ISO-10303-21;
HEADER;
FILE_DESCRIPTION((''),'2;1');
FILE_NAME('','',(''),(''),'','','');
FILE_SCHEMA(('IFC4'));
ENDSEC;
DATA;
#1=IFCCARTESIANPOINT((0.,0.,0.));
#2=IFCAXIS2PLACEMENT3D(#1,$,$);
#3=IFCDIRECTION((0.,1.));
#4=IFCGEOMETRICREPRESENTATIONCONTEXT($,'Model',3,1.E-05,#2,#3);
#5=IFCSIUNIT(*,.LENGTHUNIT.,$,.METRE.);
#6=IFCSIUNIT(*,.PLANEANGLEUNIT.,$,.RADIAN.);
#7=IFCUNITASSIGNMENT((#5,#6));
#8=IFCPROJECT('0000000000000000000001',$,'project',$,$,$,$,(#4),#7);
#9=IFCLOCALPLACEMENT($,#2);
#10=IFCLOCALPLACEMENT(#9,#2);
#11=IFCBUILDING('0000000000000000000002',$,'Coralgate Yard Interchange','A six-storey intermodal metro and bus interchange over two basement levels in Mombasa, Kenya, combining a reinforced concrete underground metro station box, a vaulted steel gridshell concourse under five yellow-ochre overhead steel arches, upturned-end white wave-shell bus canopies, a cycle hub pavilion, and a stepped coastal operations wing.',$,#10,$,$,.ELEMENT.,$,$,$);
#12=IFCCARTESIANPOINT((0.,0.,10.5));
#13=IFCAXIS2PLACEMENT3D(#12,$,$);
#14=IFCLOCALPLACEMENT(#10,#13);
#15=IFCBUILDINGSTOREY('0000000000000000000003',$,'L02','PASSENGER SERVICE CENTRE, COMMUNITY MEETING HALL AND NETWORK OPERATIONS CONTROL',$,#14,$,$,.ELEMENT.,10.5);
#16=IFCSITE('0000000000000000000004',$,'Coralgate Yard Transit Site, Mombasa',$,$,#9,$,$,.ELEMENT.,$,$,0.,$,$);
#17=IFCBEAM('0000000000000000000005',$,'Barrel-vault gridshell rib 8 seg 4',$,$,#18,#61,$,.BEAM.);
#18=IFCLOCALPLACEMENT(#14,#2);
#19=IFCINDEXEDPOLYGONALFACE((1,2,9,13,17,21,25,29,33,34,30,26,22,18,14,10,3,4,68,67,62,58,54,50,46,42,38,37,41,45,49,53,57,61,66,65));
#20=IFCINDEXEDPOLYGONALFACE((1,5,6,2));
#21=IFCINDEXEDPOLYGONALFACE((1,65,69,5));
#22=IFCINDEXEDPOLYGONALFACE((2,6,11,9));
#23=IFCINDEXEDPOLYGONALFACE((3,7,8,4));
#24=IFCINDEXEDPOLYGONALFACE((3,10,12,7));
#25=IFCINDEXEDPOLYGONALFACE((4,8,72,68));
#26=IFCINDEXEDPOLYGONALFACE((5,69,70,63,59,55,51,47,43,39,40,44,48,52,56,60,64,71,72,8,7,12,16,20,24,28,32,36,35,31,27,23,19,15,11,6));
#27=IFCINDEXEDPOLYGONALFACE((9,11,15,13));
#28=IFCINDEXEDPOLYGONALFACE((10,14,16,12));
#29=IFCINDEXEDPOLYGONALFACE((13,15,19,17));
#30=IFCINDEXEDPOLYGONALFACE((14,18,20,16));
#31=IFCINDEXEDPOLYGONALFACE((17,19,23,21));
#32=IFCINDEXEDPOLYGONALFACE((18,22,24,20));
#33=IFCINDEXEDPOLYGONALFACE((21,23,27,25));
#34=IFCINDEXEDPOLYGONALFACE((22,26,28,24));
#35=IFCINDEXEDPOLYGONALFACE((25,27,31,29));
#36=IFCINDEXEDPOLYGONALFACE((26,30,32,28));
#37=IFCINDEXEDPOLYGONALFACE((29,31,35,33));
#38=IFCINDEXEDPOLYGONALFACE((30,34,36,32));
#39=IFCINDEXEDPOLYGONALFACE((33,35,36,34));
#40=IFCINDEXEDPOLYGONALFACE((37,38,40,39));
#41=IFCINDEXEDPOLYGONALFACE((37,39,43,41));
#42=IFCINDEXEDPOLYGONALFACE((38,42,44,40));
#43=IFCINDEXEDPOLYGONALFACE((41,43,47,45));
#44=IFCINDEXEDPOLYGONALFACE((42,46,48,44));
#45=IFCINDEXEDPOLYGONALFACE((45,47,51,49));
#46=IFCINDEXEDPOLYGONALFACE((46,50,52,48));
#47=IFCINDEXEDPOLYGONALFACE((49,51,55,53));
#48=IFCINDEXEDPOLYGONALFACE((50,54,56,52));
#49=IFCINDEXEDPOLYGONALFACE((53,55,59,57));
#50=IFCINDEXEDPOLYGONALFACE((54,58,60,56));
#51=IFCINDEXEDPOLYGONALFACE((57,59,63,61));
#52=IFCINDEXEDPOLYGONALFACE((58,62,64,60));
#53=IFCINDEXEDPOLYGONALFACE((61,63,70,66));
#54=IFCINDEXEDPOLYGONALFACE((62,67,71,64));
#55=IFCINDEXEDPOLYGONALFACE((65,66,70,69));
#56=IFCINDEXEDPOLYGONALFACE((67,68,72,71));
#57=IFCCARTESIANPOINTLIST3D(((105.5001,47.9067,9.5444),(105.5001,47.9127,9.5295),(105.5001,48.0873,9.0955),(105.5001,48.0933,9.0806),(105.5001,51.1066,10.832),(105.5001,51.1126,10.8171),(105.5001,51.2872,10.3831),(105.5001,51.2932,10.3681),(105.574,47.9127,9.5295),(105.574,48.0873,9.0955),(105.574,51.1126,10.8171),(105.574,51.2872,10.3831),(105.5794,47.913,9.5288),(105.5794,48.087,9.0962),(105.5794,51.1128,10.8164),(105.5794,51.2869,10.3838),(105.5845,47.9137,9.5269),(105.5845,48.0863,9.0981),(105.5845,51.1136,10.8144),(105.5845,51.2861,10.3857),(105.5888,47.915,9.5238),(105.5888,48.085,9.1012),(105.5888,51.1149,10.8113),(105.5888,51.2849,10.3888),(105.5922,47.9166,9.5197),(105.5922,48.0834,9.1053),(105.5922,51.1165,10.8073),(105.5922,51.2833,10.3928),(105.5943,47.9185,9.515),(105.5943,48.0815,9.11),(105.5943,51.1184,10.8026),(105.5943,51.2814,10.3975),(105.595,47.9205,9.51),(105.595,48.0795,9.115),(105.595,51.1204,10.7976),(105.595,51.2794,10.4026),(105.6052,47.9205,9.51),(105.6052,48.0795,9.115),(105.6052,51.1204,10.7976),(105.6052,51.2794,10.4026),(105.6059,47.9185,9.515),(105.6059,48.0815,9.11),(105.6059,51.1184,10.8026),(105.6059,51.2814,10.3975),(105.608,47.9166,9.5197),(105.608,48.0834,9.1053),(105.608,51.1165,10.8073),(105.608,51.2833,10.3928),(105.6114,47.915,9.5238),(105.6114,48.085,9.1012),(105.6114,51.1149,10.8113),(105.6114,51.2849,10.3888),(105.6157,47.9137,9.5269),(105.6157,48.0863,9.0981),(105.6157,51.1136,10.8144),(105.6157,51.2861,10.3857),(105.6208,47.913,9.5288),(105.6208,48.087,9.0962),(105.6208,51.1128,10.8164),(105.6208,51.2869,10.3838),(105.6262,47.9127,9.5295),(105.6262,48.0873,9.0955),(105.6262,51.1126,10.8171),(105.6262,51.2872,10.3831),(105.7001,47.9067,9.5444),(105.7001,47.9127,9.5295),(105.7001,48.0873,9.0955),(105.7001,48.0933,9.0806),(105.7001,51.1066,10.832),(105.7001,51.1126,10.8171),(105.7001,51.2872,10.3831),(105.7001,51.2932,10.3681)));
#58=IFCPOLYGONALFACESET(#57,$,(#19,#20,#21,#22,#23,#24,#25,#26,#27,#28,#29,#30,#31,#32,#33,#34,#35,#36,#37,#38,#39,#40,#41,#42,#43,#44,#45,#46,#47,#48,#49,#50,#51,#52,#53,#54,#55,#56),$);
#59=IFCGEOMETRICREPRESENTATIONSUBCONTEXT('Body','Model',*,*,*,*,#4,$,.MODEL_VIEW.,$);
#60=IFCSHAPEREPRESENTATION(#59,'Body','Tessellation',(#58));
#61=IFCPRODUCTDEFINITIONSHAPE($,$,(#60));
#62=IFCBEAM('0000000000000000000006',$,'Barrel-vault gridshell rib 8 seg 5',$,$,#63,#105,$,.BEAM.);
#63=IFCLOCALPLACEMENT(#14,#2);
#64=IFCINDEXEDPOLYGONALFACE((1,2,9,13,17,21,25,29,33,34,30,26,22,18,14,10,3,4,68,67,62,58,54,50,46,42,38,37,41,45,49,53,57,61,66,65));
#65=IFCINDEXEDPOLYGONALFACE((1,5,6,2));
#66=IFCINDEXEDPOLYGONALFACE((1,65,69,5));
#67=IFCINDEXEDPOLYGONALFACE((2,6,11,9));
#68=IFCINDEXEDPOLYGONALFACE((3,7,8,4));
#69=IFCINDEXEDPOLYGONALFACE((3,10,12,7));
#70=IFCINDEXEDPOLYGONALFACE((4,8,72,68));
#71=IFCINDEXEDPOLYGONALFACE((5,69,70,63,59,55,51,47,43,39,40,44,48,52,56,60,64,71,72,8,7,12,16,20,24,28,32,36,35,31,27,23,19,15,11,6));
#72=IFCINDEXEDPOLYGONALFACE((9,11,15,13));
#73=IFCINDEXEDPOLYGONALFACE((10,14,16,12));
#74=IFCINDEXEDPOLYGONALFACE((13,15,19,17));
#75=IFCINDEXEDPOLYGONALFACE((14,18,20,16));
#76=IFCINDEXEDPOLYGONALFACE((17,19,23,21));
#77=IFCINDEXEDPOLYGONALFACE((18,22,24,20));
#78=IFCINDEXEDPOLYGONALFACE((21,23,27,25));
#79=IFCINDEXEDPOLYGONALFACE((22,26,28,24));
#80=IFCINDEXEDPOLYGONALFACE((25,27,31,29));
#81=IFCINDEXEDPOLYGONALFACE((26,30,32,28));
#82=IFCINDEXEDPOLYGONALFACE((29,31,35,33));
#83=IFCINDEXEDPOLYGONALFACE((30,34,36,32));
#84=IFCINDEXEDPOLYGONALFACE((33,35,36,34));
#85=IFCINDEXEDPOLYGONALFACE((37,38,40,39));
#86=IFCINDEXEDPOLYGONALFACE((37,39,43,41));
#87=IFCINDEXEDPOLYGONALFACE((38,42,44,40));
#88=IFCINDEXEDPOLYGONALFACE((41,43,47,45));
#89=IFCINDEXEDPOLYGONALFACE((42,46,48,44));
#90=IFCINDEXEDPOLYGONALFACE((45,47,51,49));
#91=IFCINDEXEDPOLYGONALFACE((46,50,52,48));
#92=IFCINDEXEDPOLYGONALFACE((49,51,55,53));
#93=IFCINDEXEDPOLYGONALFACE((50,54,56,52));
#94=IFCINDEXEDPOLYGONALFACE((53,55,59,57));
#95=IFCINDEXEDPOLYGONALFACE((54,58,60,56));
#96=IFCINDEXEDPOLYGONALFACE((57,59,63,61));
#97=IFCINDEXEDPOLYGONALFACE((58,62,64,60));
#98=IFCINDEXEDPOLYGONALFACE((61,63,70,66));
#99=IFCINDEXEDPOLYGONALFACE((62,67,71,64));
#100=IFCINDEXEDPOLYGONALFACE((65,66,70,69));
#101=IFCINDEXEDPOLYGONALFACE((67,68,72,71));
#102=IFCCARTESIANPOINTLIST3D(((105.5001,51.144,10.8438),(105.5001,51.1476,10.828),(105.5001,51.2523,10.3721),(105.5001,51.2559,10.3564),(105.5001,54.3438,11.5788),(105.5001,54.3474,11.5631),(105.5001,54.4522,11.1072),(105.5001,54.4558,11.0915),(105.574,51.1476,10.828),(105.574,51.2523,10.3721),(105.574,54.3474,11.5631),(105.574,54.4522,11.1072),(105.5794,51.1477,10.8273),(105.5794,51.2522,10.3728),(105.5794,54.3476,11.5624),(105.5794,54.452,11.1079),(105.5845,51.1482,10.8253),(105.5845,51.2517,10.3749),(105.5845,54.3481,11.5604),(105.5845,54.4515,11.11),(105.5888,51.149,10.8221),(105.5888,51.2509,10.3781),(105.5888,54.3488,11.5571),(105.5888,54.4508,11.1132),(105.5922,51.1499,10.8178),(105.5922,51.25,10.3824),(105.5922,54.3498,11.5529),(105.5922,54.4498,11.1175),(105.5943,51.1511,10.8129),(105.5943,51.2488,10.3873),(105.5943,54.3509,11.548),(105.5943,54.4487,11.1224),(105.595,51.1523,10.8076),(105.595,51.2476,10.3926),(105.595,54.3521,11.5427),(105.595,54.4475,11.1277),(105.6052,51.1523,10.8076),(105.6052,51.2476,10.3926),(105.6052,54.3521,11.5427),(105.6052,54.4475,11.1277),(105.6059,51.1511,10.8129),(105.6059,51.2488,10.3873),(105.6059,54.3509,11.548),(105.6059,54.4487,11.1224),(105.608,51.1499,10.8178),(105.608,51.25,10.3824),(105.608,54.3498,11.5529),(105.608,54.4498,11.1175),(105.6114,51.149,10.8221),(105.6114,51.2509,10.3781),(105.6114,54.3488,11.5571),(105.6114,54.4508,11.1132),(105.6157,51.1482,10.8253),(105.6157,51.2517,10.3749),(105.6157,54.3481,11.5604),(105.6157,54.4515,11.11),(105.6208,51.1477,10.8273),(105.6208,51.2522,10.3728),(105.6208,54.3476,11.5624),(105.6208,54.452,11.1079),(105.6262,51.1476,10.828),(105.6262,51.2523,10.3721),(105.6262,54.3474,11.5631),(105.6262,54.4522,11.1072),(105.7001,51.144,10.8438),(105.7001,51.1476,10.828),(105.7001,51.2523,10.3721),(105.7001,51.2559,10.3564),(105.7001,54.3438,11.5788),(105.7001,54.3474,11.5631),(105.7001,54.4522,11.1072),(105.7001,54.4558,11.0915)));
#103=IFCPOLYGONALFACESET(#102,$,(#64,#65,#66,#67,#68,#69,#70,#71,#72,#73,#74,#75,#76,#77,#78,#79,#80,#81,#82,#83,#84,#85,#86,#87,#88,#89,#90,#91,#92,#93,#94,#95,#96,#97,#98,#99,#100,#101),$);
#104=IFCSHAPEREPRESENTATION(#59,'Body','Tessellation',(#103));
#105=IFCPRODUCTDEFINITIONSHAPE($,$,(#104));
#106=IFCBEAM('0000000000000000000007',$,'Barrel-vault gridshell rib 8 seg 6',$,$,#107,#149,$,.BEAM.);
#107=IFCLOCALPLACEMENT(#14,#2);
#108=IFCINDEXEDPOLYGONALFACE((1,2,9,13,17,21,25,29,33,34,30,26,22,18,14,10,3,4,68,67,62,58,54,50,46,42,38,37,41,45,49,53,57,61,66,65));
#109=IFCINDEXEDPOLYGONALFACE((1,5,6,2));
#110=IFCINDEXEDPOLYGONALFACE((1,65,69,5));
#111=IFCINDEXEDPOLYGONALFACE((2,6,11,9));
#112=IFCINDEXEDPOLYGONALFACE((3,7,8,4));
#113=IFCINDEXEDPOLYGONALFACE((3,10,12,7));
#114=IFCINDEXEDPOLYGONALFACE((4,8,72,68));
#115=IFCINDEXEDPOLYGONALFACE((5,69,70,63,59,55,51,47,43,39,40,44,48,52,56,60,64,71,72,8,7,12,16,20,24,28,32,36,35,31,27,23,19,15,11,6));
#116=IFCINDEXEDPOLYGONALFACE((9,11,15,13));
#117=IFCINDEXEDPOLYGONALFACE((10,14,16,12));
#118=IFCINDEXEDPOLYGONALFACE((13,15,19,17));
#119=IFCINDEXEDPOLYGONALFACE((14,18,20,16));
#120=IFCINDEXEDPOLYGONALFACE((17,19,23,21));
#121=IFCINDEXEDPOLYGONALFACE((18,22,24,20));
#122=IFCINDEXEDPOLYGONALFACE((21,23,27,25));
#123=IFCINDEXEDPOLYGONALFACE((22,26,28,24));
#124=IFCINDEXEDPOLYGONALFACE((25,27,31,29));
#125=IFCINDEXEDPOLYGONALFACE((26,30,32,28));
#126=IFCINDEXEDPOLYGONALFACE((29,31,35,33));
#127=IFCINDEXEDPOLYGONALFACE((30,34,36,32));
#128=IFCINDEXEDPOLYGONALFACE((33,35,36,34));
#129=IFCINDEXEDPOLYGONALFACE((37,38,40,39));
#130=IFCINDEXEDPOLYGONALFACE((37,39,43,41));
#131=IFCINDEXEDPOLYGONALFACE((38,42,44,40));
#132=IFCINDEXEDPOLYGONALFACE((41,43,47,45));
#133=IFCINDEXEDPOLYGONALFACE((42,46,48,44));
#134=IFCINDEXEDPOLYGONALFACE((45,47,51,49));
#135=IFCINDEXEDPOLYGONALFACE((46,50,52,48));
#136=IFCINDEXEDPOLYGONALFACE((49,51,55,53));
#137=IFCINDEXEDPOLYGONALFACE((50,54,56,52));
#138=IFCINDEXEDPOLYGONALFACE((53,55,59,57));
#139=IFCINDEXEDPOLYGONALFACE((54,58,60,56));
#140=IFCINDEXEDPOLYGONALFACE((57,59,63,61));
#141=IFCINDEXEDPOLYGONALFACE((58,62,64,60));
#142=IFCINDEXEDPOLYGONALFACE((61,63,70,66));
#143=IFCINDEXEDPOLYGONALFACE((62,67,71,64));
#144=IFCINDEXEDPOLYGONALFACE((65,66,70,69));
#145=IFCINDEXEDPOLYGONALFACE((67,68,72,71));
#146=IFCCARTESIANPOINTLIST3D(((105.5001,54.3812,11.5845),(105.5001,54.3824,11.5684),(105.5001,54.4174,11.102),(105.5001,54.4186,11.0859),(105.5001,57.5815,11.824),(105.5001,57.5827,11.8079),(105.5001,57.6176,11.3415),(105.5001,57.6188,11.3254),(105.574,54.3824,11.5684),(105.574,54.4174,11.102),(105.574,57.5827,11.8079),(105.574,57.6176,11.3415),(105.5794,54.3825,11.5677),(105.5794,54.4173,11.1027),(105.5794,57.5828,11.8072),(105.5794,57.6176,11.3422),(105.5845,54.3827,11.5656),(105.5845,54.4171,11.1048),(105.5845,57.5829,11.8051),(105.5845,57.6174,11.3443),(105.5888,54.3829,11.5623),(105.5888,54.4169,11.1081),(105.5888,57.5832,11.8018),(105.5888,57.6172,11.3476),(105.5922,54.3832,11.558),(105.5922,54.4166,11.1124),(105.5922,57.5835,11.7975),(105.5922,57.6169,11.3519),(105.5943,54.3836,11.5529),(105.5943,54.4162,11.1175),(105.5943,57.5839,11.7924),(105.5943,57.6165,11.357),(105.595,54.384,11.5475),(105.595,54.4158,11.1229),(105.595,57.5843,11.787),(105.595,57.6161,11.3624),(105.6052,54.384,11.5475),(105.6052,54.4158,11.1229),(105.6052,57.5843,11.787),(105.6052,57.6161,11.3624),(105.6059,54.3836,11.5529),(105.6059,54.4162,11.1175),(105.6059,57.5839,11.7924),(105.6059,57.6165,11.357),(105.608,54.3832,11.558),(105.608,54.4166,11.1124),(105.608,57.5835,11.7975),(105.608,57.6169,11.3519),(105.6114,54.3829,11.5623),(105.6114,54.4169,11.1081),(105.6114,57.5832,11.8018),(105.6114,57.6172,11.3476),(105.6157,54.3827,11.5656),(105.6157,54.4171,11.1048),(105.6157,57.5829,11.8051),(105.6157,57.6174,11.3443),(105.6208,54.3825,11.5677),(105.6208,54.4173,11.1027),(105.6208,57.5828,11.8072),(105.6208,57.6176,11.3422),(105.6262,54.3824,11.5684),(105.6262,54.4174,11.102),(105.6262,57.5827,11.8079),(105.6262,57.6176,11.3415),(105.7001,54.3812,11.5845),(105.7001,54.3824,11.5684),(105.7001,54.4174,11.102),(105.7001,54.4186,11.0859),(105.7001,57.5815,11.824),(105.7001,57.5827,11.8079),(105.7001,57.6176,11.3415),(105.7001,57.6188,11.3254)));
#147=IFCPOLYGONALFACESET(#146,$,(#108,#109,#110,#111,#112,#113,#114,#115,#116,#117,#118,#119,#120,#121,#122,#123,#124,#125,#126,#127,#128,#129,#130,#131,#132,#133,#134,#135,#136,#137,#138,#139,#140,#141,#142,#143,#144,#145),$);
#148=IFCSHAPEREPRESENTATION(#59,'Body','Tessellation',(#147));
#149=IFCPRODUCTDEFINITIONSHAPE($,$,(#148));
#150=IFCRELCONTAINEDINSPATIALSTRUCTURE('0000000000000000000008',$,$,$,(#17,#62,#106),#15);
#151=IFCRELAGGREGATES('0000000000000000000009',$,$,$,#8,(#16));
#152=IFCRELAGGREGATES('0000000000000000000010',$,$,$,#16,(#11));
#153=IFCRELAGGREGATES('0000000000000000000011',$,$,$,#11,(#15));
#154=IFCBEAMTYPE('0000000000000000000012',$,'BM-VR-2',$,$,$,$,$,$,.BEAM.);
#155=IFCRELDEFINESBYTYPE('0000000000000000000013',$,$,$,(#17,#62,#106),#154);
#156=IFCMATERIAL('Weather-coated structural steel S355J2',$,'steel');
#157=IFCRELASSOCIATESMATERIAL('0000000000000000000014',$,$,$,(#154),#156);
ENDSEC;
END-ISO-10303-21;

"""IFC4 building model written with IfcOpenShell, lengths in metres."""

from ifc_helpers import new_model, si_unit, direction, frame, origin, origin_2d, place, context, subcontext, project, spatial, i_section, extrude, material, material_profile, profile_set, type_object, element, save


model = new_model("IFC4")

# Units and contexts
model_context = context("Model", 3, precision=1e-05, world=origin(), true_north=direction((0.0, 1.0)))
body_context = subcontext(model_context, "Body", "Model", "MODEL_VIEW")
ifc_project = project(units=[si_unit("LENGTHUNIT", "METRE"), si_unit("PLANEANGLEUNIT", "RADIAN")], contexts=[model_context])

# Site, building, storey
site_placement = place(None, origin())
site = spatial("IfcSite", under=ifc_project, at=site_placement, Name="Coralgate Yard Transit Site, Mombasa", CompositionType="ELEMENT", RefElevation=0.0)
building_placement = place(site_placement, origin())
building = spatial("IfcBuilding", under=site, at=building_placement, Name="Coralgate Yard Interchange", Description="A six-storey intermodal metro and bus interchange over two basement levels in Mombasa, Kenya, combining a reinforced concrete underground metro station box, a vaulted steel gridshell concourse under five yellow-ochre overhead steel arches, upturned-end white wave-shell bus canopies, a cycle hub pavilion, and a stepped coastal operations wing.", CompositionType="ELEMENT")
storey_placement = place(building_placement, frame((0.0, 0.0, 10.5)))
storey = spatial("IfcBuildingStorey", under=building, at=storey_placement, Name="L02", Description="PASSENGER SERVICE CENTRE, COMMUNITY MEETING HALL AND NETWORK OPERATIONS CONTROL", CompositionType="ELEMENT", Elevation=10.5)

# Beams
ifc_material_1 = material(Name="Weather-coated structural steel S355J2", Category="steel")
ifc_material_profile_1 = material_profile(ifc_material_1, i_section(OverallWidth=0.2, OverallDepth=0.5, WebThickness=0.0103, FlangeThickness=0.0161, FilletRadius=0.021, at=origin_2d()), Name="IPE 500")
ifc_profile_set_1 = profile_set([ifc_material_profile_1], Name="Weather-coated structural steel S355J2")
beam_type_1 = type_object("IfcBeamType", Name="BM-VR-2", PredefinedType="BEAM", material=ifc_profile_set_1)
beam_1_placement = place(storey_placement, frame((105.6001, 48.0, 9.3125), z_axis=(0.0, 0.927713, 0.373294), x_axis=(-1.0, 0.0, 0.0)))
element("IfcBeam", 1, at=beam_1_placement, inside=storey, type_object=beam_type_1, Name="Barrel-vault gridshell rib 8 seg 4", PredefinedType="BEAM", context=body_context, shape_type="SweptSolid", body=[
    extrude(i_section(OverallWidth=0.2, OverallDepth=0.5, WebThickness=0.0103, FlangeThickness=0.0161, FilletRadius=0.021, at=origin_2d()), origin(), (0.0, 0.0, 1.0), 3.4492),
])
beam_2_placement = place(storey_placement, frame((105.6001, 51.2, 10.6001), z_axis=(0.0, 0.974614, 0.223893), x_axis=(-1.0, 0.0, 0.0)))
element("IfcBeam", 2, at=beam_2_placement, inside=storey, type_object=beam_type_1, Name="Barrel-vault gridshell rib 8 seg 5", PredefinedType="BEAM", context=body_context, shape_type="SweptSolid", body=[
    extrude(i_section(OverallWidth=0.2, OverallDepth=0.5, WebThickness=0.0103, FlangeThickness=0.0161, FilletRadius=0.021, at=origin_2d()), origin(), (0.0, 0.0, 1.0), 3.2832),
])
beam_3_placement = place(storey_placement, frame((105.6001, 54.3999, 11.3352), z_axis=(0.0, 0.997211, 0.074631), x_axis=(-1.0, 0.0, 0.0)))
element("IfcBeam", 3, at=beam_3_placement, inside=storey, type_object=beam_type_1, Name="Barrel-vault gridshell rib 8 seg 6", PredefinedType="BEAM", context=body_context, shape_type="SweptSolid", body=[
    extrude(i_section(OverallWidth=0.2, OverallDepth=0.5, WebThickness=0.0103, FlangeThickness=0.0161, FilletRadius=0.021, at=origin_2d()), origin(), (0.0, 0.0, 1.0), 3.2092),
])

save(model, "model.ifc")
